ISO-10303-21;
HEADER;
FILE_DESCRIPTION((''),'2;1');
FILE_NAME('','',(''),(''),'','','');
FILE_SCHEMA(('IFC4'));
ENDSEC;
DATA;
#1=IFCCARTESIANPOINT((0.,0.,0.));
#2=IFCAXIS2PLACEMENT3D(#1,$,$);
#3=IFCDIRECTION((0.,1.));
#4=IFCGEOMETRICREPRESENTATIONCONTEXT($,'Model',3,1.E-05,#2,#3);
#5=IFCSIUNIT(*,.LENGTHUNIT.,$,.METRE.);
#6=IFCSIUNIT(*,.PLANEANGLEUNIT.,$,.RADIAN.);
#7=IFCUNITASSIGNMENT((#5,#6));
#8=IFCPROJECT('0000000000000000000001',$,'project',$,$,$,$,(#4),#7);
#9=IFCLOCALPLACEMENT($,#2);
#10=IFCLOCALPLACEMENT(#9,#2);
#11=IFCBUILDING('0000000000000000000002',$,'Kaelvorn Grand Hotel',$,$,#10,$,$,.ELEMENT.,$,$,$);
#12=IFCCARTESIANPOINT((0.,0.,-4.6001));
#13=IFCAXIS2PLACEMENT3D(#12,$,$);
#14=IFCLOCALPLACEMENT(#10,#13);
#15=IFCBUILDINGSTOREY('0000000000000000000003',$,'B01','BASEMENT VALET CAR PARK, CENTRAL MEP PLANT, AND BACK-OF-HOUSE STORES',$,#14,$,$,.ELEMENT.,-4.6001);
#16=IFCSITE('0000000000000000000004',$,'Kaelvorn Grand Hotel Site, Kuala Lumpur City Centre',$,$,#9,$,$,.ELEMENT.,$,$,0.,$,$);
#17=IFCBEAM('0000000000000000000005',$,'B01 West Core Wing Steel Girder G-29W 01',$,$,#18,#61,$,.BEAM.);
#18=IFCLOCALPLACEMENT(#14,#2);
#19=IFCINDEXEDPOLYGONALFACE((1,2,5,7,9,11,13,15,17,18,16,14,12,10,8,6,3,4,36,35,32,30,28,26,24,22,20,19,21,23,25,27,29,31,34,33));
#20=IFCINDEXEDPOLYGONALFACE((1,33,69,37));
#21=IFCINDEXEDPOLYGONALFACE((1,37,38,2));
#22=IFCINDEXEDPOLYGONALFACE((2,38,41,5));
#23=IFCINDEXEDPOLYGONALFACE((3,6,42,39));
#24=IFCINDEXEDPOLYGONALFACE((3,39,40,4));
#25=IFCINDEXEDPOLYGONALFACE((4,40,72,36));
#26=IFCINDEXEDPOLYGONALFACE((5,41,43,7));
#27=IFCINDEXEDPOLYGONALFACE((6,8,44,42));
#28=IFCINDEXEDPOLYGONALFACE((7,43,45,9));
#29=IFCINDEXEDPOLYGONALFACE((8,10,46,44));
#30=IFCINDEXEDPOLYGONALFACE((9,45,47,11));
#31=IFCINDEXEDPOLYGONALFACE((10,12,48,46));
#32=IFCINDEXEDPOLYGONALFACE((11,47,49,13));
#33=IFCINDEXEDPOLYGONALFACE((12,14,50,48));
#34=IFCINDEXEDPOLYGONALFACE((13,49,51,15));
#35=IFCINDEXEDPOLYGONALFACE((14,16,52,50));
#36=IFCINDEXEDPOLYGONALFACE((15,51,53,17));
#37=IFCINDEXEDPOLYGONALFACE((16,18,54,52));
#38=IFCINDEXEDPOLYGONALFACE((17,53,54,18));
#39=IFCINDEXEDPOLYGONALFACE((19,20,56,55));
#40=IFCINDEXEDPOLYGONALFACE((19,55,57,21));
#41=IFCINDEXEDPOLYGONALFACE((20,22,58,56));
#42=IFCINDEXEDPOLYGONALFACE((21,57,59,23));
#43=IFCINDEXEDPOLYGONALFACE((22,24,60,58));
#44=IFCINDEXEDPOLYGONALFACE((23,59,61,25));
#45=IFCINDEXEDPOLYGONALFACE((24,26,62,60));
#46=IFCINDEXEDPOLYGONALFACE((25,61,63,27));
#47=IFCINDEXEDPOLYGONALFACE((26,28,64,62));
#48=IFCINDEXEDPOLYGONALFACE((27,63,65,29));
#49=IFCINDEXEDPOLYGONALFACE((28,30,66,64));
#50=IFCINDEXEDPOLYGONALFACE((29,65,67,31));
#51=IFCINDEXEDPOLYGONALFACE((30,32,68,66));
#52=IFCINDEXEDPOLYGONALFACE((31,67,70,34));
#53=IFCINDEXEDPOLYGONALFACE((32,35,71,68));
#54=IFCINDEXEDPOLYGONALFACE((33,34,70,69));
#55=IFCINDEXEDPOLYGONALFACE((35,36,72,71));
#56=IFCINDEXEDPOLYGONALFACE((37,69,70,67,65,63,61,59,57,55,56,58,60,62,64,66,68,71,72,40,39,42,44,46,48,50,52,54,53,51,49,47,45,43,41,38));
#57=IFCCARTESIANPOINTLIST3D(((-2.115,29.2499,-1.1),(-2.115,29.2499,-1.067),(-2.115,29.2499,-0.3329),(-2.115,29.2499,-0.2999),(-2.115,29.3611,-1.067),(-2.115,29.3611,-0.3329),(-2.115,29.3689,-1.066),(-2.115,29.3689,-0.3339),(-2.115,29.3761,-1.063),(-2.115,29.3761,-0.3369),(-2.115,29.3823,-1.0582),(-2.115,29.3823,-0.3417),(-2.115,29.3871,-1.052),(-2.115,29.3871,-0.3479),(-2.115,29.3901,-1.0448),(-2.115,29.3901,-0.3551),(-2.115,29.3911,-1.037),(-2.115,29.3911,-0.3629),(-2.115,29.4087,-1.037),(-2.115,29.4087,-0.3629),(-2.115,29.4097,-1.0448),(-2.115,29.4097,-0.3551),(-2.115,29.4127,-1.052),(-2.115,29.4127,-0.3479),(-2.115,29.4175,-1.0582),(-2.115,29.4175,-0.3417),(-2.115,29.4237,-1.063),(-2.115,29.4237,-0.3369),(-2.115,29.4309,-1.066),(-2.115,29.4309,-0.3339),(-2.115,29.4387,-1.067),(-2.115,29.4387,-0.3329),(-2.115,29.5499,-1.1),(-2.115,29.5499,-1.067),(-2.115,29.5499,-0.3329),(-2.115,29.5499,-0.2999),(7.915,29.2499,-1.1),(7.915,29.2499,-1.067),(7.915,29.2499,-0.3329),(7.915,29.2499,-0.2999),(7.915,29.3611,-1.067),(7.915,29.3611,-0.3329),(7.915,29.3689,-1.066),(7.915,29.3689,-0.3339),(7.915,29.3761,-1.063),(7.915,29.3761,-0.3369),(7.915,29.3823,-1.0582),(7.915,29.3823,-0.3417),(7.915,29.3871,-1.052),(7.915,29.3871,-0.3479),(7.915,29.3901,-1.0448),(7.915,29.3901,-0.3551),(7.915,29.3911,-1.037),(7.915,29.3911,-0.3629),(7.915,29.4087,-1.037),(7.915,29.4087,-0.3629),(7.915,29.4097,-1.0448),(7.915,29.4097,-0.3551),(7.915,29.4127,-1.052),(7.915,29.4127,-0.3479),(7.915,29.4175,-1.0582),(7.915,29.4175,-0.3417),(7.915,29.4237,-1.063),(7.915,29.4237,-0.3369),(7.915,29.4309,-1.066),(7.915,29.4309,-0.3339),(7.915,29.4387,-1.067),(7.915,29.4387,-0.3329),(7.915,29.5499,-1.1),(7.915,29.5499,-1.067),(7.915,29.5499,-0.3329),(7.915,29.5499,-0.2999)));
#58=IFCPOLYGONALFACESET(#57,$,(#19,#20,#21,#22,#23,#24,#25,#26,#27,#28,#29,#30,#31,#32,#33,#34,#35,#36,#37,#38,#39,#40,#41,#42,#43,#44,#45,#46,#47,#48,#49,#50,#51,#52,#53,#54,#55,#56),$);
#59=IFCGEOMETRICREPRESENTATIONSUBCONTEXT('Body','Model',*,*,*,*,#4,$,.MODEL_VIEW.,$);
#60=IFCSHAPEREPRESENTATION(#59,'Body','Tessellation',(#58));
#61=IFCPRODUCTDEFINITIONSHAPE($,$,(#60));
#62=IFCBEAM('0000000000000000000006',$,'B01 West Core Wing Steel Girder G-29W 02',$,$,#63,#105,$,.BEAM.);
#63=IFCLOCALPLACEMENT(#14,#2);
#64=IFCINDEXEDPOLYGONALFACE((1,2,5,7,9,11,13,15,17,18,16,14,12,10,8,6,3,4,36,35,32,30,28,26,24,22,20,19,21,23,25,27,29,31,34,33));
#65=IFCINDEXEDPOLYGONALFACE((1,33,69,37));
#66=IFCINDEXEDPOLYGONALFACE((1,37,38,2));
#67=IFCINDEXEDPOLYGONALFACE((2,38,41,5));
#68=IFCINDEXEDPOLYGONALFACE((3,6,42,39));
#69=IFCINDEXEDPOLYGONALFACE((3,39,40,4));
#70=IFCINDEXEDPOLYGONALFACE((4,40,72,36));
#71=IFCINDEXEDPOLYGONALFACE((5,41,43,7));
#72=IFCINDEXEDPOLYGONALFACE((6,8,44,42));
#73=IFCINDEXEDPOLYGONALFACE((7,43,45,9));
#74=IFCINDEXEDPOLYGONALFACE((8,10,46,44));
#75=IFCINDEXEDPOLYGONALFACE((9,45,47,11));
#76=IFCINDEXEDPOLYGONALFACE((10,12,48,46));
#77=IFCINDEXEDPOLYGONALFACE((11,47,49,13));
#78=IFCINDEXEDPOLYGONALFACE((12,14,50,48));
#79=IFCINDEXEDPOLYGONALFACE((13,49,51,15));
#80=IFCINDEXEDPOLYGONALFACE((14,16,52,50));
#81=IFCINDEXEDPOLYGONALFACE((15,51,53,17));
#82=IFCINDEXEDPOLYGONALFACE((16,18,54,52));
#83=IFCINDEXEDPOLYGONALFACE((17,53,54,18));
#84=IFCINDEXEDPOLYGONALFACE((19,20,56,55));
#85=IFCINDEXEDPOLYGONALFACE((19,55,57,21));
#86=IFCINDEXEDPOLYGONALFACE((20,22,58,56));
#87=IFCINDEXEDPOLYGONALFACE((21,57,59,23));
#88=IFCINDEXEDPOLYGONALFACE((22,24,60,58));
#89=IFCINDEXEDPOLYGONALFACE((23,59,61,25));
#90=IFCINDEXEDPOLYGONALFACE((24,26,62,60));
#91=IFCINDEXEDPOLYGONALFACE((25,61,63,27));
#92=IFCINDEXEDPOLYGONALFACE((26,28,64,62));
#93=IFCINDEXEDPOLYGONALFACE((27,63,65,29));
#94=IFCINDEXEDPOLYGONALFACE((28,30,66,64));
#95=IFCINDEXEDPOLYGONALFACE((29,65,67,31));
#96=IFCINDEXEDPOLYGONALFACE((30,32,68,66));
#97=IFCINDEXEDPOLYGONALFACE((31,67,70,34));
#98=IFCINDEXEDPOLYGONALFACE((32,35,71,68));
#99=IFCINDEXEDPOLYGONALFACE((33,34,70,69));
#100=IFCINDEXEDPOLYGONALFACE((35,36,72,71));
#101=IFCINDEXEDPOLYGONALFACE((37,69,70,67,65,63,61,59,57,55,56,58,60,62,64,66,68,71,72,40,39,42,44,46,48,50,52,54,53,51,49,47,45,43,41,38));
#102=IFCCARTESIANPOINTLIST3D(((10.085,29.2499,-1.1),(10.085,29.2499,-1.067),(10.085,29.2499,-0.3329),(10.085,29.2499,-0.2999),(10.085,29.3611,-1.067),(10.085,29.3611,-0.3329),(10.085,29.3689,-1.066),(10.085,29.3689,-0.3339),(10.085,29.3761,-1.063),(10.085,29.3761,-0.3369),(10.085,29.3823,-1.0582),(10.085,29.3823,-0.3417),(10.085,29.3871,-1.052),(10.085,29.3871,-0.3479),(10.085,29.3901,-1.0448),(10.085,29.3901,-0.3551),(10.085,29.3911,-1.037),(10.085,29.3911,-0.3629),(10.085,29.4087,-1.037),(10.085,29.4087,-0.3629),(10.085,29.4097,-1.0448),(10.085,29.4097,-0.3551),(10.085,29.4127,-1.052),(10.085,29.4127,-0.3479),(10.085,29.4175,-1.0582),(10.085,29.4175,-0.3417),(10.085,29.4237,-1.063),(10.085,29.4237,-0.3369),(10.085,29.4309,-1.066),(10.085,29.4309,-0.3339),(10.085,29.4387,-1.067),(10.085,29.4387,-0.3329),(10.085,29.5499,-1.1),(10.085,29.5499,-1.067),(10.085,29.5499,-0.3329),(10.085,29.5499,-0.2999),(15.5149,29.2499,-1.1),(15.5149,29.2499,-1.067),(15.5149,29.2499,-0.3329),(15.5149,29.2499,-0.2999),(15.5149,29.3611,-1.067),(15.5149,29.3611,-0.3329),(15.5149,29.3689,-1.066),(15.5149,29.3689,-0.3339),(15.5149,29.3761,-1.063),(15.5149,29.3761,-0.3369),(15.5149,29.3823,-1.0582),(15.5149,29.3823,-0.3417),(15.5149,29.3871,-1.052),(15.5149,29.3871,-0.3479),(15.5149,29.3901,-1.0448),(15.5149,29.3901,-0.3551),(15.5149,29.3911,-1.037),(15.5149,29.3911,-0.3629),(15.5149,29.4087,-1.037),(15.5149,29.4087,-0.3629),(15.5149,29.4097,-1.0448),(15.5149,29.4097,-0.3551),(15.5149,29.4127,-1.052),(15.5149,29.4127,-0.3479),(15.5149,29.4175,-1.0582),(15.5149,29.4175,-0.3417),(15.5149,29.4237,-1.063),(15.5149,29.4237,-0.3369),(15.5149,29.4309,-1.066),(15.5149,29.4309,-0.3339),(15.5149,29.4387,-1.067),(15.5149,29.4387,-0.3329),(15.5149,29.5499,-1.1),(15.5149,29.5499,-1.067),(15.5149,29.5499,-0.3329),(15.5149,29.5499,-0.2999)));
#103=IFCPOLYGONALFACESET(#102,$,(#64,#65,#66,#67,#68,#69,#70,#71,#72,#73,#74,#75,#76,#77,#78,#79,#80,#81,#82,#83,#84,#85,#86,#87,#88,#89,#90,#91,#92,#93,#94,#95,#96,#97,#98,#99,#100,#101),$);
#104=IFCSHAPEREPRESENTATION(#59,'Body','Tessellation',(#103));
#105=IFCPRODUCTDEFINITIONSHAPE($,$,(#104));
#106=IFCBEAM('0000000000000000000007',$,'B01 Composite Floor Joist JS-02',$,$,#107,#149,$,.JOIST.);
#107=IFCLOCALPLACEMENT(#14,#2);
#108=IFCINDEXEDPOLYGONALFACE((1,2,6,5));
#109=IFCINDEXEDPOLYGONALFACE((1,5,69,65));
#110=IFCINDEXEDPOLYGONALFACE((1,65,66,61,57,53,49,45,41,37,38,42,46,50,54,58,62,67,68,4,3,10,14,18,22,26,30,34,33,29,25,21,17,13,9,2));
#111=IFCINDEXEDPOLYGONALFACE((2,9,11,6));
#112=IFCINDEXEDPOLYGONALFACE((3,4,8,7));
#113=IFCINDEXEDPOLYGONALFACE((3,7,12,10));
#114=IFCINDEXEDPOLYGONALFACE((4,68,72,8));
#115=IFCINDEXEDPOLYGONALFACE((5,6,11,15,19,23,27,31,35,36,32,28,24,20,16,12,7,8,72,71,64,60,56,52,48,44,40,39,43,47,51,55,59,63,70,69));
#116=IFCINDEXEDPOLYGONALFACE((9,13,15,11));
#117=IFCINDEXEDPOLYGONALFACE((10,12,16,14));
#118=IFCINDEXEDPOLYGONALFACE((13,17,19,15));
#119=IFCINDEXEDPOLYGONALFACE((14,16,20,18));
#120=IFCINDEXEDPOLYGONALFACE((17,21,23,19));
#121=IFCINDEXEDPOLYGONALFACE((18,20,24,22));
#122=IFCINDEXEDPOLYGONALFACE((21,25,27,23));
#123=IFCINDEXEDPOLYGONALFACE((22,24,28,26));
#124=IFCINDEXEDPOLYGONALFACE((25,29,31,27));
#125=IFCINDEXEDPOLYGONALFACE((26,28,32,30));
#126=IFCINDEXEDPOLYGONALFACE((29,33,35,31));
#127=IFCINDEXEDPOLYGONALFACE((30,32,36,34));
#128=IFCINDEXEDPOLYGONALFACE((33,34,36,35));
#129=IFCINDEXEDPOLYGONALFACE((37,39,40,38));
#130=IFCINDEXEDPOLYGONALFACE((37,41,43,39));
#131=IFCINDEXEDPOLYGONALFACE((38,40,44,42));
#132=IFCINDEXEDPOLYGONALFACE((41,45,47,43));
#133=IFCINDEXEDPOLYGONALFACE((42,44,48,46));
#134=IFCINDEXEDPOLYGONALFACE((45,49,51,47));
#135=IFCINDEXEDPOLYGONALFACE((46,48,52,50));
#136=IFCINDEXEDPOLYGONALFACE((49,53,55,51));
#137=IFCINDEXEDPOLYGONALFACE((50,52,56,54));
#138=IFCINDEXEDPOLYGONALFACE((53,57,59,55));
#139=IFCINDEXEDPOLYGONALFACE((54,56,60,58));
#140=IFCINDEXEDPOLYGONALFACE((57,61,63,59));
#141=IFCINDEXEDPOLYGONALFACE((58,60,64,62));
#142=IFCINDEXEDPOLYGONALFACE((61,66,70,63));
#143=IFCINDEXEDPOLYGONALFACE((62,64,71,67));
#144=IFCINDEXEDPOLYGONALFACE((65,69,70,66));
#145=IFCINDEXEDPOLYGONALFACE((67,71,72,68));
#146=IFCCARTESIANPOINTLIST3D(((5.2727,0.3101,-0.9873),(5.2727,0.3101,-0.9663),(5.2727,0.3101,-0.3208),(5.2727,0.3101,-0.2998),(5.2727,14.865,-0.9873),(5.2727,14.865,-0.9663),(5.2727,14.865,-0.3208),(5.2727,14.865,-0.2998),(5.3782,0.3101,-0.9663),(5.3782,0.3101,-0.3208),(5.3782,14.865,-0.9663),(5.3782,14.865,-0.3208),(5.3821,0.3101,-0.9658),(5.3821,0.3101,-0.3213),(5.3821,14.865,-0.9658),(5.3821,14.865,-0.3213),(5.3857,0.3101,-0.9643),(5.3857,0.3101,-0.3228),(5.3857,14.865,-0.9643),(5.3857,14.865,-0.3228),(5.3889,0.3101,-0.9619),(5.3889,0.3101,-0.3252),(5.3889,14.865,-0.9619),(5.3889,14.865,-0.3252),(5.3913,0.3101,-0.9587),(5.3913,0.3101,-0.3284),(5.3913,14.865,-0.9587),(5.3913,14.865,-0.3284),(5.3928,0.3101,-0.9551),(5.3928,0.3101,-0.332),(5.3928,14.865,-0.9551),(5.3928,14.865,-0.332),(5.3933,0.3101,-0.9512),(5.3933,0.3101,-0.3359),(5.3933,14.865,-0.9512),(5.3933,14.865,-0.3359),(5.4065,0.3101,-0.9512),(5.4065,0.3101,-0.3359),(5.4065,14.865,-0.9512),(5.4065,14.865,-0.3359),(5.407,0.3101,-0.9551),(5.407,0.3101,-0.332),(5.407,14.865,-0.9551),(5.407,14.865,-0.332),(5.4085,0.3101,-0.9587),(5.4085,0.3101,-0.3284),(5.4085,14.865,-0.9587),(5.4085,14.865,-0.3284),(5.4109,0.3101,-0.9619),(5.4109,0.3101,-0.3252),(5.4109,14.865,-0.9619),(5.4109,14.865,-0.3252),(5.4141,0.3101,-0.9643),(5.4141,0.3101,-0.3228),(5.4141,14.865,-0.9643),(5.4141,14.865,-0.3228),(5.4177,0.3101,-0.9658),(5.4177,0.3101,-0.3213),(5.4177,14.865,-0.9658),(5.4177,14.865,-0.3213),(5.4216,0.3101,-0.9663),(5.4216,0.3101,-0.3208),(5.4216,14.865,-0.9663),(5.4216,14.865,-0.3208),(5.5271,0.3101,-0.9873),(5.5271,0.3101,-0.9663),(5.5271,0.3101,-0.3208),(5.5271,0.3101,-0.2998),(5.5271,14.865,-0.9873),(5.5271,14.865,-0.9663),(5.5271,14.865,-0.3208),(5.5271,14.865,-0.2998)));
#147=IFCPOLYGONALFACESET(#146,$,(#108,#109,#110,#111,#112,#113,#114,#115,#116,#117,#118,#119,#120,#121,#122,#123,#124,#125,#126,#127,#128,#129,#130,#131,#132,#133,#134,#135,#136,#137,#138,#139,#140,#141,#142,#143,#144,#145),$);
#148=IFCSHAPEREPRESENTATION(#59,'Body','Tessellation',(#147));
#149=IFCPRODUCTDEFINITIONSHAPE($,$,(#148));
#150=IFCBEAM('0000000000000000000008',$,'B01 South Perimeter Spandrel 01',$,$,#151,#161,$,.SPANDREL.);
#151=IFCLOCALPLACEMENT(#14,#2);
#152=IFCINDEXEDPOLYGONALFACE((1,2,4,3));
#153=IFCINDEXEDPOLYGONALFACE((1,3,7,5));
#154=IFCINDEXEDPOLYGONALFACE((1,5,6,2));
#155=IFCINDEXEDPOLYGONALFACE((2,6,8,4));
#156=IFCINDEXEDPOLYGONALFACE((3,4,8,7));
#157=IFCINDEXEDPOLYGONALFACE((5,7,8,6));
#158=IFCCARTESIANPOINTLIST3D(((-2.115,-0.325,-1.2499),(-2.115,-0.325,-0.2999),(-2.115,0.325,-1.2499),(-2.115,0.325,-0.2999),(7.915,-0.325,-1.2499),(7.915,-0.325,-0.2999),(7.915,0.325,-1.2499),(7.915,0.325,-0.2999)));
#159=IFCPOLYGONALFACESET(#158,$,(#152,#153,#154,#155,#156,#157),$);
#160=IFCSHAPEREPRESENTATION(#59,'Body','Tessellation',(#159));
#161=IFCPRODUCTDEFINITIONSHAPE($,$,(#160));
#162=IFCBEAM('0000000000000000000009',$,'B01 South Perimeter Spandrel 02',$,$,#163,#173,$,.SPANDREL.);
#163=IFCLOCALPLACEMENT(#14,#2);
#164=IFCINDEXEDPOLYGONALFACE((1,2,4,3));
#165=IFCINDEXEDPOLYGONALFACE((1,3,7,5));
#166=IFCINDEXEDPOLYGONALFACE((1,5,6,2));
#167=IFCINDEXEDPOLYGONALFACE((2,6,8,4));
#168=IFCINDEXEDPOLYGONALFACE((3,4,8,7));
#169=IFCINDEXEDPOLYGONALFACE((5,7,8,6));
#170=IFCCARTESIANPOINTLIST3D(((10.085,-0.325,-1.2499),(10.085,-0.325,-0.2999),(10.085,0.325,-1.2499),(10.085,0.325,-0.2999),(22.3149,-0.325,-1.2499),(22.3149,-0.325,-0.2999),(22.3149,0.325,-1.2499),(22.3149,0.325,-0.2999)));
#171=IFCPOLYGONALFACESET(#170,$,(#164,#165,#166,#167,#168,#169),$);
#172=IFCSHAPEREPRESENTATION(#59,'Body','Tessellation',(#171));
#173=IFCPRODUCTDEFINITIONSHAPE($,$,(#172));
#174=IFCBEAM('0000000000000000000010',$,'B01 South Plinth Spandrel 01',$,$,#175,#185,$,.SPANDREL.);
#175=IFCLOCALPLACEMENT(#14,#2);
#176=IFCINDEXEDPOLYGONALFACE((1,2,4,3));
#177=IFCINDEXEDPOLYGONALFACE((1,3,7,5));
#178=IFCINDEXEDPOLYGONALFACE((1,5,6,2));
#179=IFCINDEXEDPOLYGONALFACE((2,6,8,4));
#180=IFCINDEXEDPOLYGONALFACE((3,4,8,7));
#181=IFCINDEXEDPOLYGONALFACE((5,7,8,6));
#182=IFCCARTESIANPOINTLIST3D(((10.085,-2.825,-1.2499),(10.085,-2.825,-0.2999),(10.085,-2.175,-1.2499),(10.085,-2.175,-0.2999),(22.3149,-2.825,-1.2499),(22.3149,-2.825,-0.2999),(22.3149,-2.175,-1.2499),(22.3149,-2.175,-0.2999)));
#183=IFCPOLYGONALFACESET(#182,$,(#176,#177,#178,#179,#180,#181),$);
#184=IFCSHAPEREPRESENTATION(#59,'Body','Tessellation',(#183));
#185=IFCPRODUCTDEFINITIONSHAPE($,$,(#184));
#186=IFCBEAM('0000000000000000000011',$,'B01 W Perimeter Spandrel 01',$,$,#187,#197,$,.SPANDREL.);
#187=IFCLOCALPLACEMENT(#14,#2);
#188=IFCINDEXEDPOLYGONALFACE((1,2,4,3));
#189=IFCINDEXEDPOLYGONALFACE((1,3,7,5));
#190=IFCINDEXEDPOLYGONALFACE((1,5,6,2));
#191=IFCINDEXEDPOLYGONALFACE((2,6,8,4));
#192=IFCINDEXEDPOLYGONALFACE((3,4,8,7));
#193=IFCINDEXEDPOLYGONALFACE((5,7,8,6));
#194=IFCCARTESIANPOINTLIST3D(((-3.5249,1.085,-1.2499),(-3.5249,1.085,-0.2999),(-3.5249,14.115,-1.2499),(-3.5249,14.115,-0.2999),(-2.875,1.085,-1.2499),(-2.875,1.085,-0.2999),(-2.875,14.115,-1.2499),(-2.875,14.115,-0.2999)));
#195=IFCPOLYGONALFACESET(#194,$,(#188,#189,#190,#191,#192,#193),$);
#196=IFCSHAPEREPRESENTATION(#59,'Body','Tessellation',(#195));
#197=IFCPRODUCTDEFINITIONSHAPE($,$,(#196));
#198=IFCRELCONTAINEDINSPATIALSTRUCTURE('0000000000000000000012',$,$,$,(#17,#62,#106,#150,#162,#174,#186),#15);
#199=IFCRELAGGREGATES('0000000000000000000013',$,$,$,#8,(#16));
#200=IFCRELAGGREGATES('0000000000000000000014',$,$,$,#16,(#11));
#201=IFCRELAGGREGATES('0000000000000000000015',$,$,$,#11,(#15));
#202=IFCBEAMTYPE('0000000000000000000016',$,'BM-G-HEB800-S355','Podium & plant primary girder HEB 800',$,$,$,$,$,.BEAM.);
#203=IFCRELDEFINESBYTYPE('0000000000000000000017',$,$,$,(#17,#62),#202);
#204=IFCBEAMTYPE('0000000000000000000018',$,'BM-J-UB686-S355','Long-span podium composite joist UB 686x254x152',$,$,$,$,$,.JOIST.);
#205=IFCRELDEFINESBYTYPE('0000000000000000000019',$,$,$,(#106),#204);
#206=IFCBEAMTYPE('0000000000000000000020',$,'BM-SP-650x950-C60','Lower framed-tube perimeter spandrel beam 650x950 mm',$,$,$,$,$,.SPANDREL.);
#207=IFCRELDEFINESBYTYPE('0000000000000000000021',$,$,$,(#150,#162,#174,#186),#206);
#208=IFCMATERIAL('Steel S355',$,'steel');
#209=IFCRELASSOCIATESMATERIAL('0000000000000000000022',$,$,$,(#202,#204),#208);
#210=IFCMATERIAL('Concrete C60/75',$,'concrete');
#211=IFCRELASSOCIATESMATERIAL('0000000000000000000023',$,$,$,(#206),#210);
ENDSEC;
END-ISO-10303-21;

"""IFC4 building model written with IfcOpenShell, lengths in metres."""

from ifc_helpers import new_model, si_unit, direction, frame, origin, origin_2d, place, context, subcontext, project, spatial, rectangle, i_section, extrude, material, material_profile, profile_set, type_object, element, save


model = new_model("IFC4")

# Units and contexts
model_context = context("Model", 3, precision=1e-05, world=origin(), true_north=direction((0.0, 1.0)))
body_context = subcontext(model_context, "Body", "Model", "MODEL_VIEW")
ifc_project = project(units=[si_unit("LENGTHUNIT", "METRE"), si_unit("PLANEANGLEUNIT", "RADIAN")], contexts=[model_context])

# Site, building, storey
site_placement = place(None, origin())
site = spatial("IfcSite", under=ifc_project, at=site_placement, Name="Kaelvorn Grand Hotel Site, Kuala Lumpur City Centre", CompositionType="ELEMENT", RefElevation=0.0)
building_placement = place(site_placement, origin())
building = spatial("IfcBuilding", under=site, at=building_placement, Name="Kaelvorn Grand Hotel", CompositionType="ELEMENT")
storey_placement = place(building_placement, frame((0.0, 0.0, -4.6001)))
storey = spatial("IfcBuildingStorey", under=building, at=storey_placement, Name="B01", Description="BASEMENT VALET CAR PARK, CENTRAL MEP PLANT, AND BACK-OF-HOUSE STORES", CompositionType="ELEMENT", Elevation=-4.6001)

# Beams
ifc_material_1 = material(Name="Steel S355", Category="steel")
ifc_material_profile_1 = material_profile(ifc_material_1, i_section(OverallWidth=0.3, OverallDepth=0.8, WebThickness=0.0176, FlangeThickness=0.033, FilletRadius=0.03, at=origin_2d()), Name="HEB 800")
ifc_profile_set_1 = profile_set([ifc_material_profile_1], Name="Steel S355")
beam_type_1 = type_object("IfcBeamType", Name="BM-G-HEB800-S355", Description="Podium & plant primary girder HEB 800", PredefinedType="BEAM", material=ifc_profile_set_1)
beam_1_placement = place(storey_placement, frame((-2.115, 29.3999, -0.7), z_axis=(1.0, 0.0, 0.0), x_axis=(0.0, 1.0, 0.0)))
element("IfcBeam", 1, at=beam_1_placement, inside=storey, type_object=beam_type_1, Name="B01 West Core Wing Steel Girder G-29W 01", PredefinedType="BEAM", context=body_context, shape_type="SweptSolid", body=[
    extrude(i_section(OverallWidth=0.3, OverallDepth=0.8, WebThickness=0.0176, FlangeThickness=0.033, FilletRadius=0.03, at=origin_2d()), origin(), (0.0, 0.0, 1.0), 10.03),
])
beam_2_placement = place(storey_placement, frame((10.085, 29.3999, -0.7), z_axis=(1.0, 0.0, 0.0), x_axis=(0.0, 1.0, 0.0)))
element("IfcBeam", 2, at=beam_2_placement, inside=storey, type_object=beam_type_1, Name="B01 West Core Wing Steel Girder G-29W 02", PredefinedType="BEAM", context=body_context, shape_type="SweptSolid", body=[
    extrude(i_section(OverallWidth=0.3, OverallDepth=0.8, WebThickness=0.0176, FlangeThickness=0.033, FilletRadius=0.03, at=origin_2d()), origin(), (0.0, 0.0, 1.0), 5.4299),
])
ifc_material_profile_2 = material_profile(ifc_material_1, i_section(OverallWidth=0.2544, OverallDepth=0.6875, WebThickness=0.0132, FlangeThickness=0.021, FilletRadius=0.0151, at=origin_2d()), Name="UB 686x254x152")
ifc_profile_set_2 = profile_set([ifc_material_profile_2], Name="Steel S355")
beam_type_2 = type_object("IfcBeamType", Name="BM-J-UB686-S355", Description="Long-span podium composite joist UB 686x254x152", PredefinedType="JOIST", material=ifc_profile_set_2)
beam_3_placement = place(storey_placement, frame((5.3999, 0.3101, -0.6436), z_axis=(0.0, 1.0, 0.0), x_axis=(-1.0, 0.0, 0.0)))
element("IfcBeam", 3, at=beam_3_placement, inside=storey, type_object=beam_type_2, Name="B01 Composite Floor Joist JS-02", PredefinedType="JOIST", context=body_context, shape_type="SweptSolid", body=[
    extrude(i_section(OverallWidth=0.2544, OverallDepth=0.6875, WebThickness=0.0132, FlangeThickness=0.021, FilletRadius=0.0151, at=origin_2d()), origin(), (0.0, 0.0, 1.0), 14.5549),
])
ifc_material_2 = material(Name="Concrete C60/75", Category="concrete")
ifc_material_profile_3 = material_profile(ifc_material_2, rectangle(XDim=0.6499, YDim=0.95, at=origin_2d()), Name="RC SPANDREL 650x950")
ifc_profile_set_3 = profile_set([ifc_material_profile_3], Name="Concrete C60/75")
beam_type_3 = type_object("IfcBeamType", Name="BM-SP-650x950-C60", Description="Lower framed-tube perimeter spandrel beam 650x950 mm", PredefinedType="SPANDREL", material=ifc_profile_set_3)
beam_4_placement = place(storey_placement, frame((-2.115, 0.0, -0.7749), z_axis=(1.0, 0.0, 0.0), x_axis=(0.0, 1.0, 0.0)))
element("IfcBeam", 4, at=beam_4_placement, inside=storey, type_object=beam_type_3, Name="B01 South Perimeter Spandrel 01", PredefinedType="SPANDREL", context=body_context, shape_type="SweptSolid", body=[
    extrude(rectangle(XDim=0.6499, YDim=0.95, at=origin_2d()), origin(), (0.0, 0.0, 1.0), 10.03),
])
for number, where, z_axis, x_axis, name in (
    (5, (10.085, 0.0, -0.7749), (1.0, 0.0, 0.0), (0.0, 1.0, 0.0), "B01 South Perimeter Spandrel 02"),
    (6, (10.085, -2.5, -0.7749), (1.0, 0.0, 0.0), (0.0, 1.0, 0.0), "B01 South Plinth Spandrel 01"),
):
    element("IfcBeam", number, at=place(storey_placement, frame(where, z_axis=z_axis, x_axis=x_axis)), inside=storey, type_object=beam_type_3, Name=name, PredefinedType="SPANDREL", context=body_context, shape_type="SweptSolid", body=[
        extrude(rectangle(XDim=0.6499, YDim=0.95, at=origin_2d()), origin(), (0.0, 0.0, 1.0), 12.23),
    ])
beam_5_placement = place(storey_placement, frame((-3.2, 1.085, -0.7749), z_axis=(0.0, 1.0, 0.0), x_axis=(-1.0, 0.0, 0.0)))
element("IfcBeam", 7, at=beam_5_placement, inside=storey, type_object=beam_type_3, Name="B01 W Perimeter Spandrel 01", PredefinedType="SPANDREL", context=body_context, shape_type="SweptSolid", body=[
    extrude(rectangle(XDim=0.6499, YDim=0.95, at=origin_2d()), origin(), (0.0, 0.0, 1.0), 13.03),
])

save(model, "model.ifc")
